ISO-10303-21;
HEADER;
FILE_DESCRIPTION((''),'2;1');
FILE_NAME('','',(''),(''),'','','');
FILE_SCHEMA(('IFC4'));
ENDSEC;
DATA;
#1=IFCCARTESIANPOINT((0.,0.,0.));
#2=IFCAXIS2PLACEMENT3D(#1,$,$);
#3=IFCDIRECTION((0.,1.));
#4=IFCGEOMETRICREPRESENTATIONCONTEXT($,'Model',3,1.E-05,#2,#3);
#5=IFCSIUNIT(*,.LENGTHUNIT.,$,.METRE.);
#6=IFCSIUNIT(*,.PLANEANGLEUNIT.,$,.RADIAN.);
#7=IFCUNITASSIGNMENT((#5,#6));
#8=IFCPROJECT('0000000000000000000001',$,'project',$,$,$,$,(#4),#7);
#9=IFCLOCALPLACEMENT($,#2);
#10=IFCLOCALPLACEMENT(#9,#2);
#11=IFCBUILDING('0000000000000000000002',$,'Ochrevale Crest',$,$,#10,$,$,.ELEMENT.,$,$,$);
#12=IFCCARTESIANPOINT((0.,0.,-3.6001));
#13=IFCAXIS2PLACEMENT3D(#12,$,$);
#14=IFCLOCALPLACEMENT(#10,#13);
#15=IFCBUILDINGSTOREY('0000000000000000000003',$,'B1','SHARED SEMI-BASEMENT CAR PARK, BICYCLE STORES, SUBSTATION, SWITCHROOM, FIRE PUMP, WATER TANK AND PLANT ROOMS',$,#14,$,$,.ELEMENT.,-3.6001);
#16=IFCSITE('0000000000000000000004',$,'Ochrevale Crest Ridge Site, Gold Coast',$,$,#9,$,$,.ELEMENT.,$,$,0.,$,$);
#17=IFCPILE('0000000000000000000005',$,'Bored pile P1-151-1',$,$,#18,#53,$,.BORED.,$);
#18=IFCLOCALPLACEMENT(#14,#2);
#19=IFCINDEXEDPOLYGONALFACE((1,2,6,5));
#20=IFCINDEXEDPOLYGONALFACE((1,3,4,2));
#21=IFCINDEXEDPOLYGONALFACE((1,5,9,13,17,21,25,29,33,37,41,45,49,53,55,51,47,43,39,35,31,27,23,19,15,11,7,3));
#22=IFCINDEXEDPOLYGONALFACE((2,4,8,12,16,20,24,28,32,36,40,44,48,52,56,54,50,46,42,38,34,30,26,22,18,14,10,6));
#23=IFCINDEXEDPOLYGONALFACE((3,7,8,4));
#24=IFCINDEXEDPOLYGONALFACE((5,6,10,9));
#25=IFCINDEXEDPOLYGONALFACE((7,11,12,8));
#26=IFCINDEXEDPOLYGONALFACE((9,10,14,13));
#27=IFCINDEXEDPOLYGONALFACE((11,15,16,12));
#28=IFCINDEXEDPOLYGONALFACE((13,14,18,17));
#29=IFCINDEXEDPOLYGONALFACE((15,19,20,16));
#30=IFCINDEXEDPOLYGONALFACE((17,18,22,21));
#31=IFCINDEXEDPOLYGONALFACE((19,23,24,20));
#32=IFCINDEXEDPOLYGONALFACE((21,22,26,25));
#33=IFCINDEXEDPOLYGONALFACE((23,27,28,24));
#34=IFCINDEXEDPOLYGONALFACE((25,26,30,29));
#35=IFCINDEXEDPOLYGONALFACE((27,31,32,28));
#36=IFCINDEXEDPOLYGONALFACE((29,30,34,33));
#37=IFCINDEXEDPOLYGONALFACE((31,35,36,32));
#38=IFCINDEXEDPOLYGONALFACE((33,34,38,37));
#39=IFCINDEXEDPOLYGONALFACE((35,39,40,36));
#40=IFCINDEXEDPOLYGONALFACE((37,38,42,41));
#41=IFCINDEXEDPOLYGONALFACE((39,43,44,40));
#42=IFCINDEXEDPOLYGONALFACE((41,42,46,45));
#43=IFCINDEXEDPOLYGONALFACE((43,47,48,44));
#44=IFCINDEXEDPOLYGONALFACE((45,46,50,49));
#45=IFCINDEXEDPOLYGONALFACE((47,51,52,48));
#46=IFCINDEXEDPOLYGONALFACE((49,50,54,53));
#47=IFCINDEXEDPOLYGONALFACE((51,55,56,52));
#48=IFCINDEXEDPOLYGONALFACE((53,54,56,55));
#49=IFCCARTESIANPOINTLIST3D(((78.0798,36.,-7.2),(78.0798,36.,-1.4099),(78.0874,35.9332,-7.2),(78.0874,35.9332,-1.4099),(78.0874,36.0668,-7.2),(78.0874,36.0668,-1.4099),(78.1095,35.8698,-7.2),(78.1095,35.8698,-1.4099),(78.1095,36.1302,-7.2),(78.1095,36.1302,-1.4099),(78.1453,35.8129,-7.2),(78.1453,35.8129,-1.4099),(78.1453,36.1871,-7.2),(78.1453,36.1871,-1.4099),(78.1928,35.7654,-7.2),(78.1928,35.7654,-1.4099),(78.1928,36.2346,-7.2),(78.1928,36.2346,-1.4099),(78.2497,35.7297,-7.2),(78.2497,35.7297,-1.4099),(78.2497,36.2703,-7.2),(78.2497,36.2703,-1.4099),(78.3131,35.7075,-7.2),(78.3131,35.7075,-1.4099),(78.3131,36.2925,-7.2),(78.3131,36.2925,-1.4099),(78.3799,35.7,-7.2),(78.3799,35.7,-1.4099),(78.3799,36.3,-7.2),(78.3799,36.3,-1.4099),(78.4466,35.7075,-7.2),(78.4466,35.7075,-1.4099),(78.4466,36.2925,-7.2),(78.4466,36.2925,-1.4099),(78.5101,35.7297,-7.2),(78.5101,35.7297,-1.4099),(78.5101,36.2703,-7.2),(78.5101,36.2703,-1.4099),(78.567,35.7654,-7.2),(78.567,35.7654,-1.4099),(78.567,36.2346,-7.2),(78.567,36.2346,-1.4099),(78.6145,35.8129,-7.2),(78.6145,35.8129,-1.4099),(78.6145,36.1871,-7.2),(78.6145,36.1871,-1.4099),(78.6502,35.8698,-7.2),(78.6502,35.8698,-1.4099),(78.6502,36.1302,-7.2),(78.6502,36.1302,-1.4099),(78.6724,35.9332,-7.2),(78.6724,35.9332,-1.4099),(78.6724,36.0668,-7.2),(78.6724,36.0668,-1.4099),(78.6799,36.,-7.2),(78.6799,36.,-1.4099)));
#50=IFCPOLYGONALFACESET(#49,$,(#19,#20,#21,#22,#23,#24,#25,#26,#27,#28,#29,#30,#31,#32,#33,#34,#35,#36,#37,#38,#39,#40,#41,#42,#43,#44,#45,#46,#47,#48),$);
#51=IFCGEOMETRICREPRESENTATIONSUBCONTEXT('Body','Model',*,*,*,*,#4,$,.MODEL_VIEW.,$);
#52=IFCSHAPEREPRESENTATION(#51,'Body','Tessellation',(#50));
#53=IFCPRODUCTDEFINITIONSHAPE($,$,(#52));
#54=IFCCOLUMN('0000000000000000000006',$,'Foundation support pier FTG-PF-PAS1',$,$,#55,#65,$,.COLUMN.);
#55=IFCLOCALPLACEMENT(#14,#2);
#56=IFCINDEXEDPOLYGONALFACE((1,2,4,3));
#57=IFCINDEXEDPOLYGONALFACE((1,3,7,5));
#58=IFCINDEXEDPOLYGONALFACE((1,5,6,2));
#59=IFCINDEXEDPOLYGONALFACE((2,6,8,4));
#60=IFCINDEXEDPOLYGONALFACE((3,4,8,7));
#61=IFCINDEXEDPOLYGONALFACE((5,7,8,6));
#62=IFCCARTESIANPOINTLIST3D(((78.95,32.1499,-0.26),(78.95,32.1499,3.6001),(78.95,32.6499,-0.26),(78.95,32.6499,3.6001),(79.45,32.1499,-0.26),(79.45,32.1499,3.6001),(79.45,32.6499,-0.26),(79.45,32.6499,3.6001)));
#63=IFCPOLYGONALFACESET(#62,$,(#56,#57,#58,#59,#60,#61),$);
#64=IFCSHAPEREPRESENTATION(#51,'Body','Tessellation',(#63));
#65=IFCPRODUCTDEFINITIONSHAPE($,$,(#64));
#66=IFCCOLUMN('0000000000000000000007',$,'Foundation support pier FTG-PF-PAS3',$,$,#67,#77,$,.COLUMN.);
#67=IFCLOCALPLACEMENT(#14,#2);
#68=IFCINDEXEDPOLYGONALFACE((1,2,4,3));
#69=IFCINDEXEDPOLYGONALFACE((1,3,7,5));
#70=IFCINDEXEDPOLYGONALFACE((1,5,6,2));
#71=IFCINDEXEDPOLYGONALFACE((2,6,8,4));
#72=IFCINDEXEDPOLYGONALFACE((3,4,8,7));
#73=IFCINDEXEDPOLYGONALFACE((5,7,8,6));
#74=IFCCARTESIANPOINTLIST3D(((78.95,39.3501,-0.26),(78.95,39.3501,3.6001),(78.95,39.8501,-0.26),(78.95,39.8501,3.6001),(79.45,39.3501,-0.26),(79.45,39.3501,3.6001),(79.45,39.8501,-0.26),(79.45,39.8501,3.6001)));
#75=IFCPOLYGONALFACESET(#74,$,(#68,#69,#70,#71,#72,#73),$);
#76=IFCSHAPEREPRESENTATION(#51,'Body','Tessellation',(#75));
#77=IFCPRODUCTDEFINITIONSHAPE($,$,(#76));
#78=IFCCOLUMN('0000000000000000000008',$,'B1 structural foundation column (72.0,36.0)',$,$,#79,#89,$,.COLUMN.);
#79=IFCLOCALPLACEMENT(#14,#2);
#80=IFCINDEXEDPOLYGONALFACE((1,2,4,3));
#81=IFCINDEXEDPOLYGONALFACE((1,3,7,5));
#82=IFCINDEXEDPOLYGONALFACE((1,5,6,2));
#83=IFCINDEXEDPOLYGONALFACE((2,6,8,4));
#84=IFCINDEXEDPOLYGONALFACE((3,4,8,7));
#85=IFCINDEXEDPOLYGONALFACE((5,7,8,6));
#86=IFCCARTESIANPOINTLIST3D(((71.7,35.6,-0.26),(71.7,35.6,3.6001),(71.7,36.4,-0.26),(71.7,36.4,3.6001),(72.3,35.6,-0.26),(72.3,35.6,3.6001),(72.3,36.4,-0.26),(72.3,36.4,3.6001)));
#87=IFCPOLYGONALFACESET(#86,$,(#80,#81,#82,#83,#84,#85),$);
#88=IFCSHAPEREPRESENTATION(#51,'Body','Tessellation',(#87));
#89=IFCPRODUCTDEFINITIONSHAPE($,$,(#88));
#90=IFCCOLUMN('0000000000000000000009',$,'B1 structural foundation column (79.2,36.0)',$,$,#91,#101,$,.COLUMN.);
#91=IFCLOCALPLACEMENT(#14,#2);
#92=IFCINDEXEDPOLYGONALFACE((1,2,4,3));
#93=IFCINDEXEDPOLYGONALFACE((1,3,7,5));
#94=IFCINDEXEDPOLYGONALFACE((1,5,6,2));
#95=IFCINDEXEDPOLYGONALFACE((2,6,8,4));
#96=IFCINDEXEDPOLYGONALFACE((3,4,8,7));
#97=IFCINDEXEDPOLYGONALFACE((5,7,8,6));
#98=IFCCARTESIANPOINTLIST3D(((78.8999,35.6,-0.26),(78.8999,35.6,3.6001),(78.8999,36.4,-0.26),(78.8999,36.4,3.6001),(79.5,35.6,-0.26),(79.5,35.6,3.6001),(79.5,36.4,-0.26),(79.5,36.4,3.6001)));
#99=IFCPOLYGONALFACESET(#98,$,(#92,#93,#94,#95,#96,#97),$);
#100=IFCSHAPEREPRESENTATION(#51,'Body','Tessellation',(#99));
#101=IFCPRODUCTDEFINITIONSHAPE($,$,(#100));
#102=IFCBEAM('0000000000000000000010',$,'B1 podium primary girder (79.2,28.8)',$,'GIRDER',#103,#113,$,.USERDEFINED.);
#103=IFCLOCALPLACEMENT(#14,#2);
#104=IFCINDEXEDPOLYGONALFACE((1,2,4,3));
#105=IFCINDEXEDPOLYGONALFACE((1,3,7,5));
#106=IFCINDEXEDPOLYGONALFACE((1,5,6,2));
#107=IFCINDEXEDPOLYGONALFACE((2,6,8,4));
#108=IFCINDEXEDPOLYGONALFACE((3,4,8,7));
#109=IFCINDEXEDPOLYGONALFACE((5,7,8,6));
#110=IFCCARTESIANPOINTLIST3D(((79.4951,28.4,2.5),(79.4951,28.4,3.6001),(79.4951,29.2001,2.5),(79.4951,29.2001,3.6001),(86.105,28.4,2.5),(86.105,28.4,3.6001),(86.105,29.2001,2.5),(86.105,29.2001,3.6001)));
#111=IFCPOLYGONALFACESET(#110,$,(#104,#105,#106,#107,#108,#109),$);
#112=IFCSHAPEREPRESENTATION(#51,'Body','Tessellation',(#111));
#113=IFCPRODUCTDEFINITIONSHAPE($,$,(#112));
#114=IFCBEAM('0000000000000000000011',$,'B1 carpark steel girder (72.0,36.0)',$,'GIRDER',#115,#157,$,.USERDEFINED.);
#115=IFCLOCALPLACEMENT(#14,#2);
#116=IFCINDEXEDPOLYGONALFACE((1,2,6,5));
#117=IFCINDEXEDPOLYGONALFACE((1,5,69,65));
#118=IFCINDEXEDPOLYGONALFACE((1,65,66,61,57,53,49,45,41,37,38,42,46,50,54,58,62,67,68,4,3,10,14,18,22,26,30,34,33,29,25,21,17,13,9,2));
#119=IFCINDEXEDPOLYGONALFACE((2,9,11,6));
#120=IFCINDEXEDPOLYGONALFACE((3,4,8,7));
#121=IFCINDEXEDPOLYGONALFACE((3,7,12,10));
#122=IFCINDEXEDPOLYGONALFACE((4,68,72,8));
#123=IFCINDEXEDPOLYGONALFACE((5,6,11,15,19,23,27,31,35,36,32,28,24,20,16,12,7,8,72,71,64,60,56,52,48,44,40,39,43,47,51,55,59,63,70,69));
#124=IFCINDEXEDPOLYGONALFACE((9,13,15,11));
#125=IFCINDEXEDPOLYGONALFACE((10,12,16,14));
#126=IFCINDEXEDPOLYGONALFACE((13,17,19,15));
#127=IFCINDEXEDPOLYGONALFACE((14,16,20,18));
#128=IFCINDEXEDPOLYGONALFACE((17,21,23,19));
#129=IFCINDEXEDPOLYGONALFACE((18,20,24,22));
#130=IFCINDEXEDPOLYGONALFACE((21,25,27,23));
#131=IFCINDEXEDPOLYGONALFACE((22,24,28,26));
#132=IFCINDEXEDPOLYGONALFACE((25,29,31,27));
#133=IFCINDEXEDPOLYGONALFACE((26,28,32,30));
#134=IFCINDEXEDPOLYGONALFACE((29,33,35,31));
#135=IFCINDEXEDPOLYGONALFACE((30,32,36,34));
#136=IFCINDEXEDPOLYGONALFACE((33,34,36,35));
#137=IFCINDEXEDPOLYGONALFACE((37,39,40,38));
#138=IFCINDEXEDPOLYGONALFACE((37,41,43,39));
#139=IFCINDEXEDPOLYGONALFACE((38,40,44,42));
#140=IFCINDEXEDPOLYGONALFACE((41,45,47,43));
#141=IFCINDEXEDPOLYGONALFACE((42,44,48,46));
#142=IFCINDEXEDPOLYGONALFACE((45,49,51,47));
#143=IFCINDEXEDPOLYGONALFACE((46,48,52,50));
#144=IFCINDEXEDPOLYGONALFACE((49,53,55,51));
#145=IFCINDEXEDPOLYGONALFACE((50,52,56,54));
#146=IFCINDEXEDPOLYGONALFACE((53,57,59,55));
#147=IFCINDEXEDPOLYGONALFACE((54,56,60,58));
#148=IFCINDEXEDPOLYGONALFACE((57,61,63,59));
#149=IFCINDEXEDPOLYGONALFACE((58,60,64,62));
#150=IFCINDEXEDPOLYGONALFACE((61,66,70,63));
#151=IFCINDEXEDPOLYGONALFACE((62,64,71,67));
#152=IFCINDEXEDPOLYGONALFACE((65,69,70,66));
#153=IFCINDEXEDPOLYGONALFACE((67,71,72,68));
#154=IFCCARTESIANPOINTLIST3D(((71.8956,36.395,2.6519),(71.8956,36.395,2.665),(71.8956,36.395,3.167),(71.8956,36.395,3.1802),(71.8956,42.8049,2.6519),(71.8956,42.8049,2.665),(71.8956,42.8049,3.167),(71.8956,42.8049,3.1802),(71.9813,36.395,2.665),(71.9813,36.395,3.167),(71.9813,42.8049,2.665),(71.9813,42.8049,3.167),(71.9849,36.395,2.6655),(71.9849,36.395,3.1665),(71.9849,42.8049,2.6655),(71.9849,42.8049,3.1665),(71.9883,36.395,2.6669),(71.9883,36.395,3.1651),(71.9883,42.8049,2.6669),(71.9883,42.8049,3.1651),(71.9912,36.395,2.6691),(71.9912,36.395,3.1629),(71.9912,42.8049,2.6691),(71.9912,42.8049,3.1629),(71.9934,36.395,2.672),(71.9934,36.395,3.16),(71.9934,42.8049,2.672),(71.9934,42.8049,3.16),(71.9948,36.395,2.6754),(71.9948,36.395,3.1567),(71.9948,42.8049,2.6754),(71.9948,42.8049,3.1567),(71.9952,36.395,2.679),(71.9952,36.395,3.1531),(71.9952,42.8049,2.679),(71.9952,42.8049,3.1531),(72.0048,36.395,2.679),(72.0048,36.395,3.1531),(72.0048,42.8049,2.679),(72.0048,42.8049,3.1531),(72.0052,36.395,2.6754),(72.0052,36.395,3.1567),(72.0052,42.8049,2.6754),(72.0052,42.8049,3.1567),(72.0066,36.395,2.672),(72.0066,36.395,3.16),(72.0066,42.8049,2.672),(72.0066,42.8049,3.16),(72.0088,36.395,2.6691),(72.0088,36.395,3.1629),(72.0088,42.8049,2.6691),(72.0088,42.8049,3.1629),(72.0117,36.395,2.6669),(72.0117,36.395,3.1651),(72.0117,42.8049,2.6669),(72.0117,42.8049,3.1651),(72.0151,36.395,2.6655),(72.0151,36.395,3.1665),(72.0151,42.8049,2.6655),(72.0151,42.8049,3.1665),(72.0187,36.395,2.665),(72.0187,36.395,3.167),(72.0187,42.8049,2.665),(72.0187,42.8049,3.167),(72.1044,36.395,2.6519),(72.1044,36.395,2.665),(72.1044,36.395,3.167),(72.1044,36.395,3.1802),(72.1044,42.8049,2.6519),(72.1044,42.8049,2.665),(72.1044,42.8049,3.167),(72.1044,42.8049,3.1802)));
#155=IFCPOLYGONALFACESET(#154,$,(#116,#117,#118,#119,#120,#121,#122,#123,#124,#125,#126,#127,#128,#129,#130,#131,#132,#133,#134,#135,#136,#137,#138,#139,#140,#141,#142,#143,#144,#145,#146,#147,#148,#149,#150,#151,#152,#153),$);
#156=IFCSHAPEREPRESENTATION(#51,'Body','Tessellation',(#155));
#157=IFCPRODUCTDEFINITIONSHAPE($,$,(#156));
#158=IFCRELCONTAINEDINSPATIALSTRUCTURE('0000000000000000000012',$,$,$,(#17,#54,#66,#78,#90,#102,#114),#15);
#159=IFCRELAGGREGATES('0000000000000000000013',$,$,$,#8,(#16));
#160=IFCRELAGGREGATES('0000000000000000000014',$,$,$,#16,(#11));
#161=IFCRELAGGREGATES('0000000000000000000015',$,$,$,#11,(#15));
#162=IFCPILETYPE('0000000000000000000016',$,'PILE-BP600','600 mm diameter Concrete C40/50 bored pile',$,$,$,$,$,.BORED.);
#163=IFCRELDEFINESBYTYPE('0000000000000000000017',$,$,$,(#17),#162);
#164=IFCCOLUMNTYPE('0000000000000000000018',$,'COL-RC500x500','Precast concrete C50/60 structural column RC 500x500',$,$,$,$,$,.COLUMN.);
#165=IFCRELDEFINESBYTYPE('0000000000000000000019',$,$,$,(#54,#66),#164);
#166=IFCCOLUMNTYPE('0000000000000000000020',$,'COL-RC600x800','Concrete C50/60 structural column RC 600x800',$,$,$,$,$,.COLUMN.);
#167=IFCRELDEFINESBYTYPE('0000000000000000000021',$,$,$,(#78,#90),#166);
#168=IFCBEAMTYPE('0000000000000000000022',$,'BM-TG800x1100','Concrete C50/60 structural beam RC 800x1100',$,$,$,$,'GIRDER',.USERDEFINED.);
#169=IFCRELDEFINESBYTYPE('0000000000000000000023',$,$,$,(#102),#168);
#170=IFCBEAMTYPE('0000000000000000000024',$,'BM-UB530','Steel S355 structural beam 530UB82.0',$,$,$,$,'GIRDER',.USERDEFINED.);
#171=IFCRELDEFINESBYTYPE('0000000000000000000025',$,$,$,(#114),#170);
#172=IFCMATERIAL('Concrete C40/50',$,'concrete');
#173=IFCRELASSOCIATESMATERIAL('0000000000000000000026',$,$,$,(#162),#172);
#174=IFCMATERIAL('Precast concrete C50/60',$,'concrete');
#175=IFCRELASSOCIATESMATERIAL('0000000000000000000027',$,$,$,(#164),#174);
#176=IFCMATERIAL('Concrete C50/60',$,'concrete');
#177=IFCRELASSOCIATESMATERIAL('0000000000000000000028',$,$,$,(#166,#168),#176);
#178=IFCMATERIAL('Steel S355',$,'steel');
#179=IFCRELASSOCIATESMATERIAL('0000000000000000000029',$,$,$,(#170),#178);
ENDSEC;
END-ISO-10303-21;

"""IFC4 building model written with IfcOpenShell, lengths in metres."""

from ifc_helpers import new_model, si_unit, direction, frame, origin, origin_2d, place, context, subcontext, project, spatial, rectangle, circle, i_section, extrude, material, material_profile, profile_set, type_object, element, save


model = new_model("IFC4")

# Units and contexts
model_context = context("Model", 3, precision=1e-05, world=origin(), true_north=direction((0.0, 1.0)))
body_context = subcontext(model_context, "Body", "Model", "MODEL_VIEW")
ifc_project = project(units=[si_unit("LENGTHUNIT", "METRE"), si_unit("PLANEANGLEUNIT", "RADIAN")], contexts=[model_context])

# Site, building, storey
site_placement = place(None, origin())
site = spatial("IfcSite", under=ifc_project, at=site_placement, Name="Ochrevale Crest Ridge Site, Gold Coast", CompositionType="ELEMENT", RefElevation=0.0)
building_placement = place(site_placement, origin())
building = spatial("IfcBuilding", under=site, at=building_placement, Name="Ochrevale Crest", CompositionType="ELEMENT")
storey_placement = place(building_placement, frame((0.0, 0.0, -3.6001)))
storey = spatial("IfcBuildingStorey", under=building, at=storey_placement, Name="B1", Description="SHARED SEMI-BASEMENT CAR PARK, BICYCLE STORES, SUBSTATION, SWITCHROOM, FIRE PUMP, WATER TANK AND PLANT ROOMS", CompositionType="ELEMENT", Elevation=-3.6001)

# Shared definitions
ifc_material_1 = material(Name="Concrete C40/50", Category="concrete")

# Pile
ifc_material_profile_1 = material_profile(ifc_material_1, circle(Radius=0.3, at=origin_2d()), Name="BORED PILE 600")
ifc_profile_set_1 = profile_set([ifc_material_profile_1], Name="Concrete C40/50")
pile_type = type_object("IfcPileType", Name="PILE-BP600", Description="600 mm diameter Concrete C40/50 bored pile", PredefinedType="BORED", material=ifc_profile_set_1)
for number, where, z_axis, x_axis, name in (
    (1, (78.3799, 36.0, -1.4099), (0.0, 0.0, -1.0), (1.0, 0.0, 0.0), "Bored pile P1-151-1"),
):
    element("IfcPile", number, at=place(storey_placement, frame(where, z_axis=z_axis, x_axis=x_axis)), inside=storey, type_object=pile_type, Name=name, PredefinedType="BORED", context=body_context, shape_type="SweptSolid", body=[
        extrude(circle(Radius=0.3, at=origin_2d()), origin(), (0.0, 0.0, 1.0), 5.79),
    ])

# Columns
ifc_material_2 = material(Name="Precast concrete C50/60", Category="concrete")
ifc_material_profile_2 = material_profile(ifc_material_2, rectangle(XDim=0.5, YDim=0.5, at=origin_2d()), Name="RC 500x500")
ifc_profile_set_2 = profile_set([ifc_material_profile_2], Name="Precast concrete C50/60")
column_type_1 = type_object("IfcColumnType", Name="COL-RC500x500", Description="Precast concrete C50/60 structural column RC 500x500", PredefinedType="COLUMN", material=ifc_profile_set_2)
for number, where, z_axis, x_axis, name in (
    (2, (79.2, 32.3999, -0.26), (0.0, 0.0, 1.0), (1.0, 0.0, 0.0), "Foundation support pier FTG-PF-PAS1"),
    (3, (79.2, 39.6001, -0.26), (0.0, 0.0, 1.0), (1.0, 0.0, 0.0), "Foundation support pier FTG-PF-PAS3"),
):
    element("IfcColumn", number, at=place(storey_placement, frame(where, z_axis=z_axis, x_axis=x_axis)), inside=storey, type_object=column_type_1, Name=name, PredefinedType="COLUMN", context=body_context, shape_type="SweptSolid", body=[
        extrude(rectangle(XDim=0.5, YDim=0.5, at=origin_2d()), origin(), (0.0, 0.0, 1.0), 3.8601),
    ])
ifc_material_3 = material(Name="Concrete C50/60", Category="concrete")
ifc_material_profile_3 = material_profile(ifc_material_3, rectangle(XDim=0.6001, YDim=0.8, at=origin_2d()), Name="RC 600x800")
ifc_profile_set_3 = profile_set([ifc_material_profile_3], Name="Concrete C50/60")
column_type_2 = type_object("IfcColumnType", Name="COL-RC600x800", Description="Concrete C50/60 structural column RC 600x800", PredefinedType="COLUMN", material=ifc_profile_set_3)
for number, where, z_axis, x_axis, name in (
    (4, (72.0, 36.0, -0.26), (0.0, 0.0, 1.0), (1.0, 0.0, 0.0), "B1 structural foundation column (72.0,36.0)"),
    (5, (79.2, 36.0, -0.26), (0.0, 0.0, 1.0), (1.0, 0.0, 0.0), "B1 structural foundation column (79.2,36.0)"),
):
    element("IfcColumn", number, at=place(storey_placement, frame(where, z_axis=z_axis, x_axis=x_axis)), inside=storey, type_object=column_type_2, Name=name, PredefinedType="COLUMN", context=body_context, shape_type="SweptSolid", body=[
        extrude(rectangle(XDim=0.6001, YDim=0.8, at=origin_2d()), origin(), (0.0, 0.0, 1.0), 3.8601),
    ])

# Beams
ifc_material_profile_4 = material_profile(ifc_material_3, rectangle(XDim=0.8, YDim=1.1001, at=origin_2d()), Name="RC 800x1100")
ifc_profile_set_4 = profile_set([ifc_material_profile_4], Name="Concrete C50/60")
beam_type_1 = type_object("IfcBeamType", Name="BM-TG800x1100", Description="Concrete C50/60 structural beam RC 800x1100", ElementType="GIRDER", PredefinedType="USERDEFINED", material=ifc_profile_set_4)
beam_placement = place(storey_placement, frame((79.4951, 28.8, 3.05), z_axis=(1.0, 0.0, 0.0), x_axis=(0.0, 1.0, 0.0)))
element("IfcBeam", 6, at=beam_placement, inside=storey, type_object=beam_type_1, Name="B1 podium primary girder (79.2,28.8)", ObjectType="GIRDER", PredefinedType="USERDEFINED", context=body_context, shape_type="SweptSolid", body=[
    extrude(rectangle(XDim=0.8, YDim=1.1001, at=origin_2d()), origin(), (0.0, 0.0, 1.0), 6.6099),
])
ifc_material_4 = material(Name="Steel S355", Category="steel")
ifc_material_profile_5 = material_profile(ifc_material_4, i_section(OverallWidth=0.2087, OverallDepth=0.5283, WebThickness=0.0095, FlangeThickness=0.0132, FilletRadius=0.0139, at=origin_2d()), Name="530UB82.0")
ifc_profile_set_5 = profile_set([ifc_material_profile_5], Name="Steel S355")
beam_type_2 = type_object("IfcBeamType", Name="BM-UB530", Description="Steel S355 structural beam 530UB82.0", ElementType="GIRDER", PredefinedType="USERDEFINED", material=ifc_profile_set_5)
for number, where, z_axis, x_axis, name in (
    (7, (72.0, 36.395, 2.916), (0.0, 1.0, 0.0), (-1.0, 0.0, 0.0), "B1 carpark steel girder (72.0,36.0)"),
):
    element("IfcBeam", number, at=place(storey_placement, frame(where, z_axis=z_axis, x_axis=x_axis)), inside=storey, type_object=beam_type_2, Name=name, ObjectType="GIRDER", PredefinedType="USERDEFINED", context=body_context, shape_type="SweptSolid", body=[
        extrude(i_section(OverallWidth=0.2087, OverallDepth=0.5283, WebThickness=0.0095, FlangeThickness=0.0132, FilletRadius=0.0139, at=origin_2d()), origin(), (0.0, 0.0, 1.0), 6.4099),
    ])

save(model, "model.ifc")
